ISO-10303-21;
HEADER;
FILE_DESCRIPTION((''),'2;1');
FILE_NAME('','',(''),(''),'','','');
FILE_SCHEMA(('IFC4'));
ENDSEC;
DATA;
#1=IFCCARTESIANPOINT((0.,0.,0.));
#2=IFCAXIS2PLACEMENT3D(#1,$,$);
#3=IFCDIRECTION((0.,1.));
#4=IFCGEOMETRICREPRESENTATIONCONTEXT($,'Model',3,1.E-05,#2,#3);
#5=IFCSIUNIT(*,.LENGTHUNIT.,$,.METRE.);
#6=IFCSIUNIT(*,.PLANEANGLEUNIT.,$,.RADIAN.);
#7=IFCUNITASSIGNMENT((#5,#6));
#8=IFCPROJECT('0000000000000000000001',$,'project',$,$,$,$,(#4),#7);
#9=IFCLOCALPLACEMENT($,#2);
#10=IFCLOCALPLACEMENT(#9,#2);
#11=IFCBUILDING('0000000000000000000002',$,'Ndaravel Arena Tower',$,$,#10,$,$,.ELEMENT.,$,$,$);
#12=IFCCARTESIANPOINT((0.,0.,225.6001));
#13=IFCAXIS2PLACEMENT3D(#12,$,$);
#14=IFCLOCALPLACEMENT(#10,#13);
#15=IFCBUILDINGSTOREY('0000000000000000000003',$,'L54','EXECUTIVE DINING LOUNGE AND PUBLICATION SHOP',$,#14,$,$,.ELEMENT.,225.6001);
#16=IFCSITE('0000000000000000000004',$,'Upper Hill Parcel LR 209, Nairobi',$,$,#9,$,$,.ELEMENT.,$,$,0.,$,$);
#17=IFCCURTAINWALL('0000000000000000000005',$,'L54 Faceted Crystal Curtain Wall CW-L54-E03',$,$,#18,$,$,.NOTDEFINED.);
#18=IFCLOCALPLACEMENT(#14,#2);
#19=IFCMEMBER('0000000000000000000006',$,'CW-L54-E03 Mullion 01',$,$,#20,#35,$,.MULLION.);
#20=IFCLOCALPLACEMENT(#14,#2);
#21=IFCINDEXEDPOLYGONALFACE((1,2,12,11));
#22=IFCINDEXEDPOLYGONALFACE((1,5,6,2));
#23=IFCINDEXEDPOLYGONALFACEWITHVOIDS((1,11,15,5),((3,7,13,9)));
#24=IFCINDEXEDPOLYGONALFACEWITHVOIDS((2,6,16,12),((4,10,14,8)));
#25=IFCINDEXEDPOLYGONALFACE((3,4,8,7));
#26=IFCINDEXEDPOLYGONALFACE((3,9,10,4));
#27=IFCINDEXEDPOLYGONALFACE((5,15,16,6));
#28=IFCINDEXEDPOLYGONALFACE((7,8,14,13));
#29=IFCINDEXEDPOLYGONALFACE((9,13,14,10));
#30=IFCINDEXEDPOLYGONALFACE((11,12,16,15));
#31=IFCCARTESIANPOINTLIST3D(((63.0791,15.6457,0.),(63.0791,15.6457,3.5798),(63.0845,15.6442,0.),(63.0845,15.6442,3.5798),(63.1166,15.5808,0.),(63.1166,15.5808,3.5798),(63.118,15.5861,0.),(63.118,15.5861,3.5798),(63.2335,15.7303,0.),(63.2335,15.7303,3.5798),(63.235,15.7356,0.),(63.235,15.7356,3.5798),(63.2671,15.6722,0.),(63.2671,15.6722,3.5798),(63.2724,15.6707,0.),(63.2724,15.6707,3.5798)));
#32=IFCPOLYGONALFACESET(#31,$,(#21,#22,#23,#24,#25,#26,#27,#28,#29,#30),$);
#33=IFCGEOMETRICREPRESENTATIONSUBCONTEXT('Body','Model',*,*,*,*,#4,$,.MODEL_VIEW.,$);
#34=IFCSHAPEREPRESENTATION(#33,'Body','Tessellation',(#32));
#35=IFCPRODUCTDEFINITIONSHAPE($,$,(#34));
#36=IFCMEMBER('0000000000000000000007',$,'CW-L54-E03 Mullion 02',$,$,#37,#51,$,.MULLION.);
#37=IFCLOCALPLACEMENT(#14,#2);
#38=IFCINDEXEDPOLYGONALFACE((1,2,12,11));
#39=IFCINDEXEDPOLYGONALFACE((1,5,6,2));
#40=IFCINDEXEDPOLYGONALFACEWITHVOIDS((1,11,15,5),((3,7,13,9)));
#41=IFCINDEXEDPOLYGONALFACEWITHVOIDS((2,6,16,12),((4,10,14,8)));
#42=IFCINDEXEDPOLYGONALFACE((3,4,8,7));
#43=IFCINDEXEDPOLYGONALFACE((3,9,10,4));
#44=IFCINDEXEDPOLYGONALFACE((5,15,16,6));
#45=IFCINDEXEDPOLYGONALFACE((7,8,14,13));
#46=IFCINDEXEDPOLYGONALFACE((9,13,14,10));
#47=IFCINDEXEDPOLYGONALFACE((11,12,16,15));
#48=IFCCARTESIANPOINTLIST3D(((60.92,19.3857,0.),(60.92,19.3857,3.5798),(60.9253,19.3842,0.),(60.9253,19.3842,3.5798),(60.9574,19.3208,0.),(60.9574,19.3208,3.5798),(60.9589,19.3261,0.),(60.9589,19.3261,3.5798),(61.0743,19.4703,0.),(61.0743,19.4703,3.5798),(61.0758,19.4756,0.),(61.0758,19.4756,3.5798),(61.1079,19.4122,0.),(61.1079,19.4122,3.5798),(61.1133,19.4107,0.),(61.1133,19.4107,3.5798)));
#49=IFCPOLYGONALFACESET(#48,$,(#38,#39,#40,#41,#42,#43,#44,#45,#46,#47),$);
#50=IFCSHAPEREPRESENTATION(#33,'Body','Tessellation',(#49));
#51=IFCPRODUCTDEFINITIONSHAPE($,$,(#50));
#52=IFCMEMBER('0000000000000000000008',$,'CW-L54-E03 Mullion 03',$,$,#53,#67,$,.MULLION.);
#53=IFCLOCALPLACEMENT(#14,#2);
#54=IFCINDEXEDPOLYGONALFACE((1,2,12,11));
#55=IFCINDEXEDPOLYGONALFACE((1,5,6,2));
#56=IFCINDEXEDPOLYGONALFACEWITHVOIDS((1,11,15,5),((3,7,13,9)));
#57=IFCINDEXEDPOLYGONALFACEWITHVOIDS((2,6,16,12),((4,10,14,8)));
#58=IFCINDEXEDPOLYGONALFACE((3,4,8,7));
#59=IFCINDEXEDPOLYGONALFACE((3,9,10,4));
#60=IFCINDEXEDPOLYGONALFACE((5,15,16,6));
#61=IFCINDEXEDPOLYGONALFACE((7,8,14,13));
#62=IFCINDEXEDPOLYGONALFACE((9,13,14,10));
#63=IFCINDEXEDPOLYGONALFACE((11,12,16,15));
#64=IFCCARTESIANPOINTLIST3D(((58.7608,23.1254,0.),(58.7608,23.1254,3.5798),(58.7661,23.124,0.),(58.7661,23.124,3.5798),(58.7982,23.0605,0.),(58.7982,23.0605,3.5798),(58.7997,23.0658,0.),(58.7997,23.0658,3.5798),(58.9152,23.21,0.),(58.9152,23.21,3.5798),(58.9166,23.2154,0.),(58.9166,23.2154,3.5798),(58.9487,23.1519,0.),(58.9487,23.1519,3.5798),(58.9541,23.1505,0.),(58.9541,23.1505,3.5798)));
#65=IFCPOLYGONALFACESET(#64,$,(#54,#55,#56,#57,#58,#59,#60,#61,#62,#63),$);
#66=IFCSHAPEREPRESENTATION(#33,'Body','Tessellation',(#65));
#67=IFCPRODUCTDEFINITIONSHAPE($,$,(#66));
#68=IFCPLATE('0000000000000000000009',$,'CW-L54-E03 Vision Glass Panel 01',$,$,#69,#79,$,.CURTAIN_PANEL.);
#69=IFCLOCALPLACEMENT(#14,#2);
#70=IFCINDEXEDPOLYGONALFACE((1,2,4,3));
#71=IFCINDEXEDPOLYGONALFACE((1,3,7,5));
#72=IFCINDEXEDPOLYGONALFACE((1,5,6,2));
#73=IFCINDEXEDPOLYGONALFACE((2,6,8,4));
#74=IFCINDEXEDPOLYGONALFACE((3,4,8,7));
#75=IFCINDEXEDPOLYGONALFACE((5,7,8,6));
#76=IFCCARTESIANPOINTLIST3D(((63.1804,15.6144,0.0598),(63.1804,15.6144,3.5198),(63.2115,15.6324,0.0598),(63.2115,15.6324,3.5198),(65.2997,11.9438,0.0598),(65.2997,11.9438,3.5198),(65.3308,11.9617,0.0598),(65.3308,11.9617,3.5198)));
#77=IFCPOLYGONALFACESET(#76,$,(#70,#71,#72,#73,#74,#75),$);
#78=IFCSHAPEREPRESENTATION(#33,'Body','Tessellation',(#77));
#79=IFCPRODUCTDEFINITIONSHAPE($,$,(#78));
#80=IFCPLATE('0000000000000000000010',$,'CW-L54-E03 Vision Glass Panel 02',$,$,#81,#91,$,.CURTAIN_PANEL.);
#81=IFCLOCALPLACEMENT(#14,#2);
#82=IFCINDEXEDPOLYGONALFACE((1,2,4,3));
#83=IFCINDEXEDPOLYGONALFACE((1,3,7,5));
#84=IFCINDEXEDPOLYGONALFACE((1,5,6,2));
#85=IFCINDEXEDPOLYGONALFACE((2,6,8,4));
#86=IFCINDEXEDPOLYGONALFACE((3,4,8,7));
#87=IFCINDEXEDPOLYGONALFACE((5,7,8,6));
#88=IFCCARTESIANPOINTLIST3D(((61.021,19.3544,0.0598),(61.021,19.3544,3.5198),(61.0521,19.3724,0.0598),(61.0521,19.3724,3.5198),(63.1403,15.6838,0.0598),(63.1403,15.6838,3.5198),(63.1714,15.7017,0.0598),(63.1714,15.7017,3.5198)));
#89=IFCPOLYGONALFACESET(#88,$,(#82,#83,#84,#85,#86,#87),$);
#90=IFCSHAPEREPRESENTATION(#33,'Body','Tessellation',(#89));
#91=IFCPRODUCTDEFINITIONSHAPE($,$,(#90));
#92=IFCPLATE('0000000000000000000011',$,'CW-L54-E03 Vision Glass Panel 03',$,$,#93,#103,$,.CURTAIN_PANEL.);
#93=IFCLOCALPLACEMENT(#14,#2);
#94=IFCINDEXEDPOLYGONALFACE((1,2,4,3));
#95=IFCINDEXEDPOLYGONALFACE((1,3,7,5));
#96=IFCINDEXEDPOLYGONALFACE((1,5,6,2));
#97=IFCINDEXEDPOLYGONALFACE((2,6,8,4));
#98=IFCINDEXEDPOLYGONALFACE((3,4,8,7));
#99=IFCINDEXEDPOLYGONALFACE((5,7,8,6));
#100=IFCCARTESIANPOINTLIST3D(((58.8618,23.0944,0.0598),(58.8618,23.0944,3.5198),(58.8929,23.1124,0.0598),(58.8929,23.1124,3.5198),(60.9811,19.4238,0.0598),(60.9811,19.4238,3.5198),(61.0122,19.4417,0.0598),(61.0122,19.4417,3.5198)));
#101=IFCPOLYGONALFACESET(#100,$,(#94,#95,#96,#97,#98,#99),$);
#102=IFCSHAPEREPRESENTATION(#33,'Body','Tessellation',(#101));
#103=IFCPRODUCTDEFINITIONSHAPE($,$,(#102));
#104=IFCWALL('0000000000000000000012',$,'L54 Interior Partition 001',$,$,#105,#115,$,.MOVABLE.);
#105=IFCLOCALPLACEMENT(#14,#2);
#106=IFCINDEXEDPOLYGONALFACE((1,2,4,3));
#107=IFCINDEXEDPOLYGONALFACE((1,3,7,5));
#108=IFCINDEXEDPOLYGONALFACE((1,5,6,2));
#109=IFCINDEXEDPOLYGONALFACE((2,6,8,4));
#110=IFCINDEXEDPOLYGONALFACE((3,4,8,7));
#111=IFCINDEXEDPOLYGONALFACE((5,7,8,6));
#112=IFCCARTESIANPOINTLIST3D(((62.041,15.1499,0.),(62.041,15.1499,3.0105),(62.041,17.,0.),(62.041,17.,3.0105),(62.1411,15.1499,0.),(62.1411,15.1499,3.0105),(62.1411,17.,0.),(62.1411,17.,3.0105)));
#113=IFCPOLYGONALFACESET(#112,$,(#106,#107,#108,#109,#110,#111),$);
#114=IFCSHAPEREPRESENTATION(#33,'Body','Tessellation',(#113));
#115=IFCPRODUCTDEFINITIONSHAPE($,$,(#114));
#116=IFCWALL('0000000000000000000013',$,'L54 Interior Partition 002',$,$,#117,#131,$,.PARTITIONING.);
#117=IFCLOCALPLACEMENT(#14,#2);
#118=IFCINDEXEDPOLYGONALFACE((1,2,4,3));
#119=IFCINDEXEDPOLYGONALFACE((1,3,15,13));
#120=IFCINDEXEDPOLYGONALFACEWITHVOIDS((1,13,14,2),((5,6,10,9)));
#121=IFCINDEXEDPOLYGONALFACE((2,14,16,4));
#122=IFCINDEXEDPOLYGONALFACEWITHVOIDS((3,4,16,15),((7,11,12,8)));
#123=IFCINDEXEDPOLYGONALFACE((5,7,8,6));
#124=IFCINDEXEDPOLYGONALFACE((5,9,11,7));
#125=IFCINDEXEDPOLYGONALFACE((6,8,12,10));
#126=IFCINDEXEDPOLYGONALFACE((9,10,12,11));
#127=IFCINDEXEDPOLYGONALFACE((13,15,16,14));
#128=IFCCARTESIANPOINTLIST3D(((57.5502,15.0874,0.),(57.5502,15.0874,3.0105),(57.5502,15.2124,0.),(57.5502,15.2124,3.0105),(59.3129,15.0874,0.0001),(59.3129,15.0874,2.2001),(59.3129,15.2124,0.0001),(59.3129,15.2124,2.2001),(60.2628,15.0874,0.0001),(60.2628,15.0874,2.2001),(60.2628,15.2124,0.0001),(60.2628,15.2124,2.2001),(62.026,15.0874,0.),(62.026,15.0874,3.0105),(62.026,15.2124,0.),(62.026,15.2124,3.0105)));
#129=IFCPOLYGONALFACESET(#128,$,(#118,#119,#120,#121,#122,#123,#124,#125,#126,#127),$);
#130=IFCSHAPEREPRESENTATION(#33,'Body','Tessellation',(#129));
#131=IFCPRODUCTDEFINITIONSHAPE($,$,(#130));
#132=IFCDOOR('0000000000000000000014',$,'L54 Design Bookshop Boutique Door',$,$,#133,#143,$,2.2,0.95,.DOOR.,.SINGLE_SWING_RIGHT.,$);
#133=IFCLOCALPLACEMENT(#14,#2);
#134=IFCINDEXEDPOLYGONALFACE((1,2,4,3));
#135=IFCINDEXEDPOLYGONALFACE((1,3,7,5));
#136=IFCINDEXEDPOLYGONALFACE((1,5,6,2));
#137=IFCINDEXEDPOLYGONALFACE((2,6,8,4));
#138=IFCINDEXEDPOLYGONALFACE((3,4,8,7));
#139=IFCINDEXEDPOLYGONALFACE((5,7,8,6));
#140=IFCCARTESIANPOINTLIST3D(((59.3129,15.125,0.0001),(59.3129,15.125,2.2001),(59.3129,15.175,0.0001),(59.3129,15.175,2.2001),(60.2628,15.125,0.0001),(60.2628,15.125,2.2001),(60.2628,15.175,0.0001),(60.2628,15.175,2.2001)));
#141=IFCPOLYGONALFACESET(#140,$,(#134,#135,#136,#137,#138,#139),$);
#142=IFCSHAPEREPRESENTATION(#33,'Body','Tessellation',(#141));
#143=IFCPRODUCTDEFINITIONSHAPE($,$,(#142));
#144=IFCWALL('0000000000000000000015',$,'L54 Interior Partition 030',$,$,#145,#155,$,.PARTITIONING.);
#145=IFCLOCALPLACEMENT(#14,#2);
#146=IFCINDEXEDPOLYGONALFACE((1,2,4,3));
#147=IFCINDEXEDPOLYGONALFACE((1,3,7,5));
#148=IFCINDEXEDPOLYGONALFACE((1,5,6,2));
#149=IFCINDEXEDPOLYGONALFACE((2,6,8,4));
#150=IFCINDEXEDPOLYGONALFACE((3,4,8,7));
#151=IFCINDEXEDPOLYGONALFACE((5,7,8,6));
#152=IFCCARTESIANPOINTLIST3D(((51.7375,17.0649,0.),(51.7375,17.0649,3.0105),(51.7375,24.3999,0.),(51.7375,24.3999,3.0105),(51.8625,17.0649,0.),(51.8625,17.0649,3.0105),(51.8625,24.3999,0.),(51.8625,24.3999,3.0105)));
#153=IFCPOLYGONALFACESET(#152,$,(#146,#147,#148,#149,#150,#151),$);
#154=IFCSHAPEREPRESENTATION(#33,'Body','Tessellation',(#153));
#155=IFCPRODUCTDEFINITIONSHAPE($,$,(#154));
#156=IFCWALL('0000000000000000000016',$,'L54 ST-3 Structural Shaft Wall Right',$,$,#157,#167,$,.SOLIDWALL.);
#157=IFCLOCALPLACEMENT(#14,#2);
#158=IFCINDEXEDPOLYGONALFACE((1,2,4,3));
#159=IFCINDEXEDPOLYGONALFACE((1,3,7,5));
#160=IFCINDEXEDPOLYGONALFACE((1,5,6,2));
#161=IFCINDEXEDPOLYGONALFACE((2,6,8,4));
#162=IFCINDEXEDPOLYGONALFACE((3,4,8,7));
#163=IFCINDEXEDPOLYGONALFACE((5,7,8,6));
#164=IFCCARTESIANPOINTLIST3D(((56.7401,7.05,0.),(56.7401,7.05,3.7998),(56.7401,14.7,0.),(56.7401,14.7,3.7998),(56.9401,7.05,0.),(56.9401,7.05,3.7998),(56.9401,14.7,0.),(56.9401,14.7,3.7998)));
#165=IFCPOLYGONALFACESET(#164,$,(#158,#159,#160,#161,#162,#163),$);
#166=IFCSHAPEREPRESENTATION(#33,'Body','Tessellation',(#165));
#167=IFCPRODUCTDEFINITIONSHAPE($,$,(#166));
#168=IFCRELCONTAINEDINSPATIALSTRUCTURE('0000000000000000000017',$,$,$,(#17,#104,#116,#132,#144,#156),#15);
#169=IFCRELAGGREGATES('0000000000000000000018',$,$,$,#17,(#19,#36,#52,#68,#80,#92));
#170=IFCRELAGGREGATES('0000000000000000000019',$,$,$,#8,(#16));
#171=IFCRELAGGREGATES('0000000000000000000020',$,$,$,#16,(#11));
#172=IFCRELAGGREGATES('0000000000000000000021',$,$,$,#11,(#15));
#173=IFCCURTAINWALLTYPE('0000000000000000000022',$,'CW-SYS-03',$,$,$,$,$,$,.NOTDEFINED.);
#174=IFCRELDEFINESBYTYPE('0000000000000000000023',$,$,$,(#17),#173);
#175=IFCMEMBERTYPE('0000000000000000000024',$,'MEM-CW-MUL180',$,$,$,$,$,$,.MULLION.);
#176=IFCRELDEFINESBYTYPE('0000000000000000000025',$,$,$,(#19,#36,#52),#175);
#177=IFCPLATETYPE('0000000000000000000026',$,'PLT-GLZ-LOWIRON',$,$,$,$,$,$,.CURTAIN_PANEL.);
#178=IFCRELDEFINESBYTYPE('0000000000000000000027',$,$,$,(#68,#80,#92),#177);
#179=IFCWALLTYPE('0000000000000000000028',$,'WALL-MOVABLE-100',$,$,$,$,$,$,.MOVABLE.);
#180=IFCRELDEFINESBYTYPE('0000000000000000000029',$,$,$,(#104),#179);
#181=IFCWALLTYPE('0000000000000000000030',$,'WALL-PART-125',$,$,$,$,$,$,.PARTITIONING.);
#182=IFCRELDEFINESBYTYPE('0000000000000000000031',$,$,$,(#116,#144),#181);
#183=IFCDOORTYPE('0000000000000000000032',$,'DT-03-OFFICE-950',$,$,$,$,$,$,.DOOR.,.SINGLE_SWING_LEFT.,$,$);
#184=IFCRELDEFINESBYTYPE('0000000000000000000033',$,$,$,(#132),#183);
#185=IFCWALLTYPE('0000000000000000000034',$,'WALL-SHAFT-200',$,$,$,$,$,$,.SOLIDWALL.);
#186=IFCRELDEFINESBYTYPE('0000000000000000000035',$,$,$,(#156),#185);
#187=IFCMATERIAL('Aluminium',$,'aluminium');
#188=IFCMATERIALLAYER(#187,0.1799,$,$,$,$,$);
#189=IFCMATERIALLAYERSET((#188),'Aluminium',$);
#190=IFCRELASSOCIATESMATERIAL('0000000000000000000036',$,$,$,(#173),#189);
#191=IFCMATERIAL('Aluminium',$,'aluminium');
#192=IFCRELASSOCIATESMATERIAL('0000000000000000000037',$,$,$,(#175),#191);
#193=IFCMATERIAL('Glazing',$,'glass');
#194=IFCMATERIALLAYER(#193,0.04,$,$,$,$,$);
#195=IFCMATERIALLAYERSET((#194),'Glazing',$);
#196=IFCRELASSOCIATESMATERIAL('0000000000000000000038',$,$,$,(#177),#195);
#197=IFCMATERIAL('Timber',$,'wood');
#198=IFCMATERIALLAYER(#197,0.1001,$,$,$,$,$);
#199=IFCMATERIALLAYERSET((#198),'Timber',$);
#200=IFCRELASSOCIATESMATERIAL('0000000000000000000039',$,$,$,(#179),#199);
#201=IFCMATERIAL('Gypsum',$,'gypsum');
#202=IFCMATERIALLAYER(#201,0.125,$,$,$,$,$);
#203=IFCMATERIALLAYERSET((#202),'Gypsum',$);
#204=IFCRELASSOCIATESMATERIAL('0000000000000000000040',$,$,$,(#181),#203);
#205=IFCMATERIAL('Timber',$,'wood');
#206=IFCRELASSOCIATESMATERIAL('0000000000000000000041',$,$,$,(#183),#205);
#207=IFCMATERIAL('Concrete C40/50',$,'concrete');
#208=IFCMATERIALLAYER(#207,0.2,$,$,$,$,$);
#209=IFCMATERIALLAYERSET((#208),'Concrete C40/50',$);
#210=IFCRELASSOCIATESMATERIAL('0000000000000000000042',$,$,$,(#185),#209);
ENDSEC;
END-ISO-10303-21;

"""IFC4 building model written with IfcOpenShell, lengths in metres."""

from ifc_helpers import new_model, si_unit, direction, frame, frame_2d, origin, origin_2d, place, context, subcontext, project, spatial, rectangle, hollow_rectangle, extrude, material, layer, layer_set, material_profile, profile_set, type_object, element, fill, aggregate, save


model = new_model("IFC4")

# Units and contexts
model_context = context("Model", 3, precision=1e-05, world=origin(), true_north=direction((0.0, 1.0)))
body_context = subcontext(model_context, "Body", "Model", "MODEL_VIEW")
ifc_project = project(units=[si_unit("LENGTHUNIT", "METRE"), si_unit("PLANEANGLEUNIT", "RADIAN")], contexts=[model_context])

# Site, building, storey
site_placement = place(None, origin())
site = spatial("IfcSite", under=ifc_project, at=site_placement, Name="Upper Hill Parcel LR 209, Nairobi", CompositionType="ELEMENT", RefElevation=0.0)
building_placement = place(site_placement, origin())
building = spatial("IfcBuilding", under=site, at=building_placement, Name="Ndaravel Arena Tower", CompositionType="ELEMENT")
storey_placement = place(building_placement, frame((0.0, 0.0, 225.6001)))
storey = spatial("IfcBuildingStorey", under=building, at=storey_placement, Name="L54", Description="EXECUTIVE DINING LOUNGE AND PUBLICATION SHOP", CompositionType="ELEMENT", Elevation=225.6001)

# Curtain wall, members, plates
ifc_material_1 = material(Name="Aluminium", Category="aluminium")
ifc_layer_1 = layer(ifc_material_1, 0.1799)
ifc_layer_set_1 = layer_set([ifc_layer_1], Name="Aluminium")
curtain_wall_type = type_object("IfcCurtainWallType", Name="CW-SYS-03", PredefinedType="NOTDEFINED", material=ifc_layer_set_1)
curtain_wall_placement = place(storey_placement, origin())
curtain_wall = element("IfcCurtainWall", 1, at=curtain_wall_placement, inside=storey, type_object=curtain_wall_type, Name="L54 Faceted Crystal Curtain Wall CW-L54-E03", PredefinedType="NOTDEFINED")
ifc_material_2 = material(Name="Aluminium", Category="aluminium")
ifc_material_profile = material_profile(ifc_material_2, hollow_rectangle(XDim=0.075, YDim=0.1799, WallThickness=0.0039, at=origin_2d()), Name="CW MULLION 75x180x4")
ifc_profile_set = profile_set([ifc_material_profile], Name="Aluminium")
member_type = type_object("IfcMemberType", Name="MEM-CW-MUL180", PredefinedType="MULLION", material=ifc_profile_set)
member_1_placement = place(storey_placement, frame((63.1758, 15.6582, 0.0), z_axis=(0.0, 0.0, 1.0), x_axis=(-0.5, 0.866025, 0.0)))
member_1 = element("IfcMember", 2, at=member_1_placement, type_object=member_type, Name="CW-L54-E03 Mullion 01", PredefinedType="MULLION", context=body_context, shape_type="SweptSolid", body=[
    extrude(hollow_rectangle(XDim=0.075, YDim=0.1799, WallThickness=0.0039, at=origin_2d()), origin(), (0.0, 0.0, 1.0), 3.5798),
])
member_2_placement = place(storey_placement, frame((61.0166, 19.3982, 0.0), z_axis=(0.0, 0.0, 1.0), x_axis=(-0.5, 0.866025, 0.0)))
member_2 = element("IfcMember", 3, at=member_2_placement, type_object=member_type, Name="CW-L54-E03 Mullion 02", PredefinedType="MULLION", context=body_context, shape_type="SweptSolid", body=[
    extrude(hollow_rectangle(XDim=0.075, YDim=0.1799, WallThickness=0.0039, at=origin_2d()), origin(), (0.0, 0.0, 1.0), 3.5798),
])
member_3_placement = place(storey_placement, frame((58.8574, 23.1379, 0.0), z_axis=(0.0, 0.0, 1.0), x_axis=(-0.5, 0.866025, 0.0)))
member_3 = element("IfcMember", 4, at=member_3_placement, type_object=member_type, Name="CW-L54-E03 Mullion 03", PredefinedType="MULLION", context=body_context, shape_type="SweptSolid", body=[
    extrude(hollow_rectangle(XDim=0.075, YDim=0.1799, WallThickness=0.0039, at=origin_2d()), origin(), (0.0, 0.0, 1.0), 3.5798),
])
ifc_material_3 = material(Name="Glazing", Category="glass")
ifc_layer_2 = layer(ifc_material_3, 0.04)
ifc_layer_set_2 = layer_set([ifc_layer_2], Name="Glazing")
plate_type = type_object("IfcPlateType", Name="PLT-GLZ-LOWIRON", PredefinedType="CURTAIN_PANEL", material=ifc_layer_set_2)
plate_1_placement = place(storey_placement, frame((64.2556, 13.7881, 0.0598), z_axis=(0.0, 0.0, 1.0), x_axis=(-0.5, 0.866025, 0.0)))
plate_1 = element("IfcPlate", 5, at=plate_1_placement, type_object=plate_type, Name="CW-L54-E03 Vision Glass Panel 01", PredefinedType="CURTAIN_PANEL", context=body_context, shape_type="SweptSolid", body=[
    extrude(rectangle(XDim=4.2385, YDim=0.0359, at=origin_2d()), origin(), (0.0, 0.0, 1.0), 3.46),
])
plate_2_placement = place(storey_placement, frame((62.0962, 17.5281, 0.0598), z_axis=(0.0, 0.0, 1.0), x_axis=(-0.5, 0.866025, 0.0)))
plate_2 = element("IfcPlate", 6, at=plate_2_placement, type_object=plate_type, Name="CW-L54-E03 Vision Glass Panel 02", PredefinedType="CURTAIN_PANEL", context=body_context, shape_type="SweptSolid", body=[
    extrude(rectangle(XDim=4.2385, YDim=0.0359, at=origin_2d()), origin(), (0.0, 0.0, 1.0), 3.46),
])
plate_3_placement = place(storey_placement, frame((59.937, 21.2681, 0.0598), z_axis=(0.0, 0.0, 1.0), x_axis=(-0.5, 0.866025, 0.0)))
plate_3 = element("IfcPlate", 7, at=plate_3_placement, type_object=plate_type, Name="CW-L54-E03 Vision Glass Panel 03", PredefinedType="CURTAIN_PANEL", context=body_context, shape_type="SweptSolid", body=[
    extrude(rectangle(XDim=4.2385, YDim=0.0359, at=origin_2d()), origin(), (0.0, 0.0, 1.0), 3.46),
])
aggregate(curtain_wall, [member_1, member_2, member_3, plate_1, plate_2, plate_3])

# Wall
ifc_material_4 = material(Name="Timber", Category="wood")
ifc_layer_3 = layer(ifc_material_4, 0.1001)
ifc_layer_set_3 = layer_set([ifc_layer_3], Name="Timber")
wall_type_1 = type_object("IfcWallType", Name="WALL-MOVABLE-100", PredefinedType="MOVABLE", material=ifc_layer_set_3)
wall_1_placement = place(storey_placement, frame((62.0911, 17.0, 0.0), z_axis=(0.0, 0.0, 1.0), x_axis=(0.0, -1.0, 0.0)))
element("IfcWall", 8, at=wall_1_placement, inside=storey, type_object=wall_type_1, Name="L54 Interior Partition 001", PredefinedType="MOVABLE", context=body_context, shape_type="SweptSolid", body=[
    extrude(rectangle(XDim=1.8501, YDim=0.1001, at=frame_2d((0.925, 0.0))), origin(), (0.0, 0.0, 1.0), 3.0105),
])

# Wall, opening, door
ifc_material_5 = material(Name="Gypsum", Category="gypsum")
ifc_layer_4 = layer(ifc_material_5, 0.125)
ifc_layer_set_4 = layer_set([ifc_layer_4], Name="Gypsum")
wall_type_2 = type_object("IfcWallType", Name="WALL-PART-125", PredefinedType="PARTITIONING", material=ifc_layer_set_4)
wall_2_placement = place(storey_placement, frame((62.0259, 15.1499, 0.0), z_axis=(0.0, 0.0, 1.0), x_axis=(-1.0, 0.0, 0.0)))
wall_2 = element("IfcWall", 9, at=wall_2_placement, inside=storey, type_object=wall_type_2, Name="L54 Interior Partition 002", PredefinedType="PARTITIONING", context=body_context, shape_type="SweptSolid", body=[
    extrude(rectangle(XDim=4.4758, YDim=0.125, at=frame_2d((2.2378, 0.0))), origin(), (0.0, 0.0, 1.0), 3.0105),
])
opening_1_placement = place(wall_2_placement, frame((1.7629, 0.0, 0.0)))
opening_1 = element("IfcOpeningElement", 10, at=opening_1_placement, cuts=wall_2, PredefinedType="OPENING", context=body_context, shape_type="SweptSolid", body=[
    extrude(rectangle(XDim=0.95, YDim=2.2, at=frame_2d((0.4751, 1.1001))), frame((0.0, 0.0625, 0.0), z_axis=(0.0, -1.0, 0.0), x_axis=(1.0, 0.0, 0.0)), (0.0, 0.0, 1.0), 0.125),
])
ifc_material_6 = material(Name="Timber", Category="wood")
door_type_1 = type_object("IfcDoorType", Name="DT-03-OFFICE-950", OperationType="SINGLE_SWING_LEFT", PredefinedType="DOOR", material=ifc_material_6)
door_1_placement = place(opening_1_placement, origin())
door_1 = element("IfcDoor", 11, at=door_1_placement, inside=storey, type_object=door_type_1, Name="L54 Design Bookshop Boutique Door", OperationType="SINGLE_SWING_RIGHT", OverallHeight=2.2, OverallWidth=0.95, PredefinedType="DOOR", context=body_context, shape_type="SweptSolid", body=[
    extrude(rectangle(XDim=0.95, YDim=2.2, at=frame_2d((0.4751, 1.1001))), frame((0.0, 0.0249, 0.0), z_axis=(0.0, -1.0, 0.0), x_axis=(1.0, 0.0, 0.0)), (0.0, 0.0, 1.0), 0.05),
])
fill(opening_1, door_1)

# Walls
wall_3_placement = place(storey_placement, frame((51.8, 24.3999, 0.0), z_axis=(0.0, 0.0, 1.0), x_axis=(0.0, -1.0, 0.0)))
element("IfcWall", 12, at=wall_3_placement, inside=storey, type_object=wall_type_2, Name="L54 Interior Partition 030", PredefinedType="PARTITIONING", context=body_context, shape_type="SweptSolid", body=[
    extrude(rectangle(XDim=7.335, YDim=0.125, at=frame_2d((3.6675, 0.0))), origin(), (0.0, 0.0, 1.0), 3.0105),
])
ifc_material_7 = material(Name="Concrete C40/50", Category="concrete")
ifc_layer_5 = layer(ifc_material_7, 0.2)
ifc_layer_set_5 = layer_set([ifc_layer_5], Name="Concrete C40/50")
wall_type_3 = type_object("IfcWallType", Name="WALL-SHAFT-200", PredefinedType="SOLIDWALL", material=ifc_layer_set_5)
wall_4_placement = place(storey_placement, frame((56.8401, 14.7, 0.0), z_axis=(0.0, 0.0, 1.0), x_axis=(0.0, -1.0, 0.0)))
element("IfcWall", 13, at=wall_4_placement, inside=storey, type_object=wall_type_3, Name="L54 ST-3 Structural Shaft Wall Right", PredefinedType="SOLIDWALL", context=body_context, shape_type="SweptSolid", body=[
    extrude(rectangle(XDim=7.6499, YDim=0.2, at=frame_2d((3.825, 0.0))), origin(), (0.0, 0.0, 1.0), 3.7998),
])

save(model, "model.ifc")
